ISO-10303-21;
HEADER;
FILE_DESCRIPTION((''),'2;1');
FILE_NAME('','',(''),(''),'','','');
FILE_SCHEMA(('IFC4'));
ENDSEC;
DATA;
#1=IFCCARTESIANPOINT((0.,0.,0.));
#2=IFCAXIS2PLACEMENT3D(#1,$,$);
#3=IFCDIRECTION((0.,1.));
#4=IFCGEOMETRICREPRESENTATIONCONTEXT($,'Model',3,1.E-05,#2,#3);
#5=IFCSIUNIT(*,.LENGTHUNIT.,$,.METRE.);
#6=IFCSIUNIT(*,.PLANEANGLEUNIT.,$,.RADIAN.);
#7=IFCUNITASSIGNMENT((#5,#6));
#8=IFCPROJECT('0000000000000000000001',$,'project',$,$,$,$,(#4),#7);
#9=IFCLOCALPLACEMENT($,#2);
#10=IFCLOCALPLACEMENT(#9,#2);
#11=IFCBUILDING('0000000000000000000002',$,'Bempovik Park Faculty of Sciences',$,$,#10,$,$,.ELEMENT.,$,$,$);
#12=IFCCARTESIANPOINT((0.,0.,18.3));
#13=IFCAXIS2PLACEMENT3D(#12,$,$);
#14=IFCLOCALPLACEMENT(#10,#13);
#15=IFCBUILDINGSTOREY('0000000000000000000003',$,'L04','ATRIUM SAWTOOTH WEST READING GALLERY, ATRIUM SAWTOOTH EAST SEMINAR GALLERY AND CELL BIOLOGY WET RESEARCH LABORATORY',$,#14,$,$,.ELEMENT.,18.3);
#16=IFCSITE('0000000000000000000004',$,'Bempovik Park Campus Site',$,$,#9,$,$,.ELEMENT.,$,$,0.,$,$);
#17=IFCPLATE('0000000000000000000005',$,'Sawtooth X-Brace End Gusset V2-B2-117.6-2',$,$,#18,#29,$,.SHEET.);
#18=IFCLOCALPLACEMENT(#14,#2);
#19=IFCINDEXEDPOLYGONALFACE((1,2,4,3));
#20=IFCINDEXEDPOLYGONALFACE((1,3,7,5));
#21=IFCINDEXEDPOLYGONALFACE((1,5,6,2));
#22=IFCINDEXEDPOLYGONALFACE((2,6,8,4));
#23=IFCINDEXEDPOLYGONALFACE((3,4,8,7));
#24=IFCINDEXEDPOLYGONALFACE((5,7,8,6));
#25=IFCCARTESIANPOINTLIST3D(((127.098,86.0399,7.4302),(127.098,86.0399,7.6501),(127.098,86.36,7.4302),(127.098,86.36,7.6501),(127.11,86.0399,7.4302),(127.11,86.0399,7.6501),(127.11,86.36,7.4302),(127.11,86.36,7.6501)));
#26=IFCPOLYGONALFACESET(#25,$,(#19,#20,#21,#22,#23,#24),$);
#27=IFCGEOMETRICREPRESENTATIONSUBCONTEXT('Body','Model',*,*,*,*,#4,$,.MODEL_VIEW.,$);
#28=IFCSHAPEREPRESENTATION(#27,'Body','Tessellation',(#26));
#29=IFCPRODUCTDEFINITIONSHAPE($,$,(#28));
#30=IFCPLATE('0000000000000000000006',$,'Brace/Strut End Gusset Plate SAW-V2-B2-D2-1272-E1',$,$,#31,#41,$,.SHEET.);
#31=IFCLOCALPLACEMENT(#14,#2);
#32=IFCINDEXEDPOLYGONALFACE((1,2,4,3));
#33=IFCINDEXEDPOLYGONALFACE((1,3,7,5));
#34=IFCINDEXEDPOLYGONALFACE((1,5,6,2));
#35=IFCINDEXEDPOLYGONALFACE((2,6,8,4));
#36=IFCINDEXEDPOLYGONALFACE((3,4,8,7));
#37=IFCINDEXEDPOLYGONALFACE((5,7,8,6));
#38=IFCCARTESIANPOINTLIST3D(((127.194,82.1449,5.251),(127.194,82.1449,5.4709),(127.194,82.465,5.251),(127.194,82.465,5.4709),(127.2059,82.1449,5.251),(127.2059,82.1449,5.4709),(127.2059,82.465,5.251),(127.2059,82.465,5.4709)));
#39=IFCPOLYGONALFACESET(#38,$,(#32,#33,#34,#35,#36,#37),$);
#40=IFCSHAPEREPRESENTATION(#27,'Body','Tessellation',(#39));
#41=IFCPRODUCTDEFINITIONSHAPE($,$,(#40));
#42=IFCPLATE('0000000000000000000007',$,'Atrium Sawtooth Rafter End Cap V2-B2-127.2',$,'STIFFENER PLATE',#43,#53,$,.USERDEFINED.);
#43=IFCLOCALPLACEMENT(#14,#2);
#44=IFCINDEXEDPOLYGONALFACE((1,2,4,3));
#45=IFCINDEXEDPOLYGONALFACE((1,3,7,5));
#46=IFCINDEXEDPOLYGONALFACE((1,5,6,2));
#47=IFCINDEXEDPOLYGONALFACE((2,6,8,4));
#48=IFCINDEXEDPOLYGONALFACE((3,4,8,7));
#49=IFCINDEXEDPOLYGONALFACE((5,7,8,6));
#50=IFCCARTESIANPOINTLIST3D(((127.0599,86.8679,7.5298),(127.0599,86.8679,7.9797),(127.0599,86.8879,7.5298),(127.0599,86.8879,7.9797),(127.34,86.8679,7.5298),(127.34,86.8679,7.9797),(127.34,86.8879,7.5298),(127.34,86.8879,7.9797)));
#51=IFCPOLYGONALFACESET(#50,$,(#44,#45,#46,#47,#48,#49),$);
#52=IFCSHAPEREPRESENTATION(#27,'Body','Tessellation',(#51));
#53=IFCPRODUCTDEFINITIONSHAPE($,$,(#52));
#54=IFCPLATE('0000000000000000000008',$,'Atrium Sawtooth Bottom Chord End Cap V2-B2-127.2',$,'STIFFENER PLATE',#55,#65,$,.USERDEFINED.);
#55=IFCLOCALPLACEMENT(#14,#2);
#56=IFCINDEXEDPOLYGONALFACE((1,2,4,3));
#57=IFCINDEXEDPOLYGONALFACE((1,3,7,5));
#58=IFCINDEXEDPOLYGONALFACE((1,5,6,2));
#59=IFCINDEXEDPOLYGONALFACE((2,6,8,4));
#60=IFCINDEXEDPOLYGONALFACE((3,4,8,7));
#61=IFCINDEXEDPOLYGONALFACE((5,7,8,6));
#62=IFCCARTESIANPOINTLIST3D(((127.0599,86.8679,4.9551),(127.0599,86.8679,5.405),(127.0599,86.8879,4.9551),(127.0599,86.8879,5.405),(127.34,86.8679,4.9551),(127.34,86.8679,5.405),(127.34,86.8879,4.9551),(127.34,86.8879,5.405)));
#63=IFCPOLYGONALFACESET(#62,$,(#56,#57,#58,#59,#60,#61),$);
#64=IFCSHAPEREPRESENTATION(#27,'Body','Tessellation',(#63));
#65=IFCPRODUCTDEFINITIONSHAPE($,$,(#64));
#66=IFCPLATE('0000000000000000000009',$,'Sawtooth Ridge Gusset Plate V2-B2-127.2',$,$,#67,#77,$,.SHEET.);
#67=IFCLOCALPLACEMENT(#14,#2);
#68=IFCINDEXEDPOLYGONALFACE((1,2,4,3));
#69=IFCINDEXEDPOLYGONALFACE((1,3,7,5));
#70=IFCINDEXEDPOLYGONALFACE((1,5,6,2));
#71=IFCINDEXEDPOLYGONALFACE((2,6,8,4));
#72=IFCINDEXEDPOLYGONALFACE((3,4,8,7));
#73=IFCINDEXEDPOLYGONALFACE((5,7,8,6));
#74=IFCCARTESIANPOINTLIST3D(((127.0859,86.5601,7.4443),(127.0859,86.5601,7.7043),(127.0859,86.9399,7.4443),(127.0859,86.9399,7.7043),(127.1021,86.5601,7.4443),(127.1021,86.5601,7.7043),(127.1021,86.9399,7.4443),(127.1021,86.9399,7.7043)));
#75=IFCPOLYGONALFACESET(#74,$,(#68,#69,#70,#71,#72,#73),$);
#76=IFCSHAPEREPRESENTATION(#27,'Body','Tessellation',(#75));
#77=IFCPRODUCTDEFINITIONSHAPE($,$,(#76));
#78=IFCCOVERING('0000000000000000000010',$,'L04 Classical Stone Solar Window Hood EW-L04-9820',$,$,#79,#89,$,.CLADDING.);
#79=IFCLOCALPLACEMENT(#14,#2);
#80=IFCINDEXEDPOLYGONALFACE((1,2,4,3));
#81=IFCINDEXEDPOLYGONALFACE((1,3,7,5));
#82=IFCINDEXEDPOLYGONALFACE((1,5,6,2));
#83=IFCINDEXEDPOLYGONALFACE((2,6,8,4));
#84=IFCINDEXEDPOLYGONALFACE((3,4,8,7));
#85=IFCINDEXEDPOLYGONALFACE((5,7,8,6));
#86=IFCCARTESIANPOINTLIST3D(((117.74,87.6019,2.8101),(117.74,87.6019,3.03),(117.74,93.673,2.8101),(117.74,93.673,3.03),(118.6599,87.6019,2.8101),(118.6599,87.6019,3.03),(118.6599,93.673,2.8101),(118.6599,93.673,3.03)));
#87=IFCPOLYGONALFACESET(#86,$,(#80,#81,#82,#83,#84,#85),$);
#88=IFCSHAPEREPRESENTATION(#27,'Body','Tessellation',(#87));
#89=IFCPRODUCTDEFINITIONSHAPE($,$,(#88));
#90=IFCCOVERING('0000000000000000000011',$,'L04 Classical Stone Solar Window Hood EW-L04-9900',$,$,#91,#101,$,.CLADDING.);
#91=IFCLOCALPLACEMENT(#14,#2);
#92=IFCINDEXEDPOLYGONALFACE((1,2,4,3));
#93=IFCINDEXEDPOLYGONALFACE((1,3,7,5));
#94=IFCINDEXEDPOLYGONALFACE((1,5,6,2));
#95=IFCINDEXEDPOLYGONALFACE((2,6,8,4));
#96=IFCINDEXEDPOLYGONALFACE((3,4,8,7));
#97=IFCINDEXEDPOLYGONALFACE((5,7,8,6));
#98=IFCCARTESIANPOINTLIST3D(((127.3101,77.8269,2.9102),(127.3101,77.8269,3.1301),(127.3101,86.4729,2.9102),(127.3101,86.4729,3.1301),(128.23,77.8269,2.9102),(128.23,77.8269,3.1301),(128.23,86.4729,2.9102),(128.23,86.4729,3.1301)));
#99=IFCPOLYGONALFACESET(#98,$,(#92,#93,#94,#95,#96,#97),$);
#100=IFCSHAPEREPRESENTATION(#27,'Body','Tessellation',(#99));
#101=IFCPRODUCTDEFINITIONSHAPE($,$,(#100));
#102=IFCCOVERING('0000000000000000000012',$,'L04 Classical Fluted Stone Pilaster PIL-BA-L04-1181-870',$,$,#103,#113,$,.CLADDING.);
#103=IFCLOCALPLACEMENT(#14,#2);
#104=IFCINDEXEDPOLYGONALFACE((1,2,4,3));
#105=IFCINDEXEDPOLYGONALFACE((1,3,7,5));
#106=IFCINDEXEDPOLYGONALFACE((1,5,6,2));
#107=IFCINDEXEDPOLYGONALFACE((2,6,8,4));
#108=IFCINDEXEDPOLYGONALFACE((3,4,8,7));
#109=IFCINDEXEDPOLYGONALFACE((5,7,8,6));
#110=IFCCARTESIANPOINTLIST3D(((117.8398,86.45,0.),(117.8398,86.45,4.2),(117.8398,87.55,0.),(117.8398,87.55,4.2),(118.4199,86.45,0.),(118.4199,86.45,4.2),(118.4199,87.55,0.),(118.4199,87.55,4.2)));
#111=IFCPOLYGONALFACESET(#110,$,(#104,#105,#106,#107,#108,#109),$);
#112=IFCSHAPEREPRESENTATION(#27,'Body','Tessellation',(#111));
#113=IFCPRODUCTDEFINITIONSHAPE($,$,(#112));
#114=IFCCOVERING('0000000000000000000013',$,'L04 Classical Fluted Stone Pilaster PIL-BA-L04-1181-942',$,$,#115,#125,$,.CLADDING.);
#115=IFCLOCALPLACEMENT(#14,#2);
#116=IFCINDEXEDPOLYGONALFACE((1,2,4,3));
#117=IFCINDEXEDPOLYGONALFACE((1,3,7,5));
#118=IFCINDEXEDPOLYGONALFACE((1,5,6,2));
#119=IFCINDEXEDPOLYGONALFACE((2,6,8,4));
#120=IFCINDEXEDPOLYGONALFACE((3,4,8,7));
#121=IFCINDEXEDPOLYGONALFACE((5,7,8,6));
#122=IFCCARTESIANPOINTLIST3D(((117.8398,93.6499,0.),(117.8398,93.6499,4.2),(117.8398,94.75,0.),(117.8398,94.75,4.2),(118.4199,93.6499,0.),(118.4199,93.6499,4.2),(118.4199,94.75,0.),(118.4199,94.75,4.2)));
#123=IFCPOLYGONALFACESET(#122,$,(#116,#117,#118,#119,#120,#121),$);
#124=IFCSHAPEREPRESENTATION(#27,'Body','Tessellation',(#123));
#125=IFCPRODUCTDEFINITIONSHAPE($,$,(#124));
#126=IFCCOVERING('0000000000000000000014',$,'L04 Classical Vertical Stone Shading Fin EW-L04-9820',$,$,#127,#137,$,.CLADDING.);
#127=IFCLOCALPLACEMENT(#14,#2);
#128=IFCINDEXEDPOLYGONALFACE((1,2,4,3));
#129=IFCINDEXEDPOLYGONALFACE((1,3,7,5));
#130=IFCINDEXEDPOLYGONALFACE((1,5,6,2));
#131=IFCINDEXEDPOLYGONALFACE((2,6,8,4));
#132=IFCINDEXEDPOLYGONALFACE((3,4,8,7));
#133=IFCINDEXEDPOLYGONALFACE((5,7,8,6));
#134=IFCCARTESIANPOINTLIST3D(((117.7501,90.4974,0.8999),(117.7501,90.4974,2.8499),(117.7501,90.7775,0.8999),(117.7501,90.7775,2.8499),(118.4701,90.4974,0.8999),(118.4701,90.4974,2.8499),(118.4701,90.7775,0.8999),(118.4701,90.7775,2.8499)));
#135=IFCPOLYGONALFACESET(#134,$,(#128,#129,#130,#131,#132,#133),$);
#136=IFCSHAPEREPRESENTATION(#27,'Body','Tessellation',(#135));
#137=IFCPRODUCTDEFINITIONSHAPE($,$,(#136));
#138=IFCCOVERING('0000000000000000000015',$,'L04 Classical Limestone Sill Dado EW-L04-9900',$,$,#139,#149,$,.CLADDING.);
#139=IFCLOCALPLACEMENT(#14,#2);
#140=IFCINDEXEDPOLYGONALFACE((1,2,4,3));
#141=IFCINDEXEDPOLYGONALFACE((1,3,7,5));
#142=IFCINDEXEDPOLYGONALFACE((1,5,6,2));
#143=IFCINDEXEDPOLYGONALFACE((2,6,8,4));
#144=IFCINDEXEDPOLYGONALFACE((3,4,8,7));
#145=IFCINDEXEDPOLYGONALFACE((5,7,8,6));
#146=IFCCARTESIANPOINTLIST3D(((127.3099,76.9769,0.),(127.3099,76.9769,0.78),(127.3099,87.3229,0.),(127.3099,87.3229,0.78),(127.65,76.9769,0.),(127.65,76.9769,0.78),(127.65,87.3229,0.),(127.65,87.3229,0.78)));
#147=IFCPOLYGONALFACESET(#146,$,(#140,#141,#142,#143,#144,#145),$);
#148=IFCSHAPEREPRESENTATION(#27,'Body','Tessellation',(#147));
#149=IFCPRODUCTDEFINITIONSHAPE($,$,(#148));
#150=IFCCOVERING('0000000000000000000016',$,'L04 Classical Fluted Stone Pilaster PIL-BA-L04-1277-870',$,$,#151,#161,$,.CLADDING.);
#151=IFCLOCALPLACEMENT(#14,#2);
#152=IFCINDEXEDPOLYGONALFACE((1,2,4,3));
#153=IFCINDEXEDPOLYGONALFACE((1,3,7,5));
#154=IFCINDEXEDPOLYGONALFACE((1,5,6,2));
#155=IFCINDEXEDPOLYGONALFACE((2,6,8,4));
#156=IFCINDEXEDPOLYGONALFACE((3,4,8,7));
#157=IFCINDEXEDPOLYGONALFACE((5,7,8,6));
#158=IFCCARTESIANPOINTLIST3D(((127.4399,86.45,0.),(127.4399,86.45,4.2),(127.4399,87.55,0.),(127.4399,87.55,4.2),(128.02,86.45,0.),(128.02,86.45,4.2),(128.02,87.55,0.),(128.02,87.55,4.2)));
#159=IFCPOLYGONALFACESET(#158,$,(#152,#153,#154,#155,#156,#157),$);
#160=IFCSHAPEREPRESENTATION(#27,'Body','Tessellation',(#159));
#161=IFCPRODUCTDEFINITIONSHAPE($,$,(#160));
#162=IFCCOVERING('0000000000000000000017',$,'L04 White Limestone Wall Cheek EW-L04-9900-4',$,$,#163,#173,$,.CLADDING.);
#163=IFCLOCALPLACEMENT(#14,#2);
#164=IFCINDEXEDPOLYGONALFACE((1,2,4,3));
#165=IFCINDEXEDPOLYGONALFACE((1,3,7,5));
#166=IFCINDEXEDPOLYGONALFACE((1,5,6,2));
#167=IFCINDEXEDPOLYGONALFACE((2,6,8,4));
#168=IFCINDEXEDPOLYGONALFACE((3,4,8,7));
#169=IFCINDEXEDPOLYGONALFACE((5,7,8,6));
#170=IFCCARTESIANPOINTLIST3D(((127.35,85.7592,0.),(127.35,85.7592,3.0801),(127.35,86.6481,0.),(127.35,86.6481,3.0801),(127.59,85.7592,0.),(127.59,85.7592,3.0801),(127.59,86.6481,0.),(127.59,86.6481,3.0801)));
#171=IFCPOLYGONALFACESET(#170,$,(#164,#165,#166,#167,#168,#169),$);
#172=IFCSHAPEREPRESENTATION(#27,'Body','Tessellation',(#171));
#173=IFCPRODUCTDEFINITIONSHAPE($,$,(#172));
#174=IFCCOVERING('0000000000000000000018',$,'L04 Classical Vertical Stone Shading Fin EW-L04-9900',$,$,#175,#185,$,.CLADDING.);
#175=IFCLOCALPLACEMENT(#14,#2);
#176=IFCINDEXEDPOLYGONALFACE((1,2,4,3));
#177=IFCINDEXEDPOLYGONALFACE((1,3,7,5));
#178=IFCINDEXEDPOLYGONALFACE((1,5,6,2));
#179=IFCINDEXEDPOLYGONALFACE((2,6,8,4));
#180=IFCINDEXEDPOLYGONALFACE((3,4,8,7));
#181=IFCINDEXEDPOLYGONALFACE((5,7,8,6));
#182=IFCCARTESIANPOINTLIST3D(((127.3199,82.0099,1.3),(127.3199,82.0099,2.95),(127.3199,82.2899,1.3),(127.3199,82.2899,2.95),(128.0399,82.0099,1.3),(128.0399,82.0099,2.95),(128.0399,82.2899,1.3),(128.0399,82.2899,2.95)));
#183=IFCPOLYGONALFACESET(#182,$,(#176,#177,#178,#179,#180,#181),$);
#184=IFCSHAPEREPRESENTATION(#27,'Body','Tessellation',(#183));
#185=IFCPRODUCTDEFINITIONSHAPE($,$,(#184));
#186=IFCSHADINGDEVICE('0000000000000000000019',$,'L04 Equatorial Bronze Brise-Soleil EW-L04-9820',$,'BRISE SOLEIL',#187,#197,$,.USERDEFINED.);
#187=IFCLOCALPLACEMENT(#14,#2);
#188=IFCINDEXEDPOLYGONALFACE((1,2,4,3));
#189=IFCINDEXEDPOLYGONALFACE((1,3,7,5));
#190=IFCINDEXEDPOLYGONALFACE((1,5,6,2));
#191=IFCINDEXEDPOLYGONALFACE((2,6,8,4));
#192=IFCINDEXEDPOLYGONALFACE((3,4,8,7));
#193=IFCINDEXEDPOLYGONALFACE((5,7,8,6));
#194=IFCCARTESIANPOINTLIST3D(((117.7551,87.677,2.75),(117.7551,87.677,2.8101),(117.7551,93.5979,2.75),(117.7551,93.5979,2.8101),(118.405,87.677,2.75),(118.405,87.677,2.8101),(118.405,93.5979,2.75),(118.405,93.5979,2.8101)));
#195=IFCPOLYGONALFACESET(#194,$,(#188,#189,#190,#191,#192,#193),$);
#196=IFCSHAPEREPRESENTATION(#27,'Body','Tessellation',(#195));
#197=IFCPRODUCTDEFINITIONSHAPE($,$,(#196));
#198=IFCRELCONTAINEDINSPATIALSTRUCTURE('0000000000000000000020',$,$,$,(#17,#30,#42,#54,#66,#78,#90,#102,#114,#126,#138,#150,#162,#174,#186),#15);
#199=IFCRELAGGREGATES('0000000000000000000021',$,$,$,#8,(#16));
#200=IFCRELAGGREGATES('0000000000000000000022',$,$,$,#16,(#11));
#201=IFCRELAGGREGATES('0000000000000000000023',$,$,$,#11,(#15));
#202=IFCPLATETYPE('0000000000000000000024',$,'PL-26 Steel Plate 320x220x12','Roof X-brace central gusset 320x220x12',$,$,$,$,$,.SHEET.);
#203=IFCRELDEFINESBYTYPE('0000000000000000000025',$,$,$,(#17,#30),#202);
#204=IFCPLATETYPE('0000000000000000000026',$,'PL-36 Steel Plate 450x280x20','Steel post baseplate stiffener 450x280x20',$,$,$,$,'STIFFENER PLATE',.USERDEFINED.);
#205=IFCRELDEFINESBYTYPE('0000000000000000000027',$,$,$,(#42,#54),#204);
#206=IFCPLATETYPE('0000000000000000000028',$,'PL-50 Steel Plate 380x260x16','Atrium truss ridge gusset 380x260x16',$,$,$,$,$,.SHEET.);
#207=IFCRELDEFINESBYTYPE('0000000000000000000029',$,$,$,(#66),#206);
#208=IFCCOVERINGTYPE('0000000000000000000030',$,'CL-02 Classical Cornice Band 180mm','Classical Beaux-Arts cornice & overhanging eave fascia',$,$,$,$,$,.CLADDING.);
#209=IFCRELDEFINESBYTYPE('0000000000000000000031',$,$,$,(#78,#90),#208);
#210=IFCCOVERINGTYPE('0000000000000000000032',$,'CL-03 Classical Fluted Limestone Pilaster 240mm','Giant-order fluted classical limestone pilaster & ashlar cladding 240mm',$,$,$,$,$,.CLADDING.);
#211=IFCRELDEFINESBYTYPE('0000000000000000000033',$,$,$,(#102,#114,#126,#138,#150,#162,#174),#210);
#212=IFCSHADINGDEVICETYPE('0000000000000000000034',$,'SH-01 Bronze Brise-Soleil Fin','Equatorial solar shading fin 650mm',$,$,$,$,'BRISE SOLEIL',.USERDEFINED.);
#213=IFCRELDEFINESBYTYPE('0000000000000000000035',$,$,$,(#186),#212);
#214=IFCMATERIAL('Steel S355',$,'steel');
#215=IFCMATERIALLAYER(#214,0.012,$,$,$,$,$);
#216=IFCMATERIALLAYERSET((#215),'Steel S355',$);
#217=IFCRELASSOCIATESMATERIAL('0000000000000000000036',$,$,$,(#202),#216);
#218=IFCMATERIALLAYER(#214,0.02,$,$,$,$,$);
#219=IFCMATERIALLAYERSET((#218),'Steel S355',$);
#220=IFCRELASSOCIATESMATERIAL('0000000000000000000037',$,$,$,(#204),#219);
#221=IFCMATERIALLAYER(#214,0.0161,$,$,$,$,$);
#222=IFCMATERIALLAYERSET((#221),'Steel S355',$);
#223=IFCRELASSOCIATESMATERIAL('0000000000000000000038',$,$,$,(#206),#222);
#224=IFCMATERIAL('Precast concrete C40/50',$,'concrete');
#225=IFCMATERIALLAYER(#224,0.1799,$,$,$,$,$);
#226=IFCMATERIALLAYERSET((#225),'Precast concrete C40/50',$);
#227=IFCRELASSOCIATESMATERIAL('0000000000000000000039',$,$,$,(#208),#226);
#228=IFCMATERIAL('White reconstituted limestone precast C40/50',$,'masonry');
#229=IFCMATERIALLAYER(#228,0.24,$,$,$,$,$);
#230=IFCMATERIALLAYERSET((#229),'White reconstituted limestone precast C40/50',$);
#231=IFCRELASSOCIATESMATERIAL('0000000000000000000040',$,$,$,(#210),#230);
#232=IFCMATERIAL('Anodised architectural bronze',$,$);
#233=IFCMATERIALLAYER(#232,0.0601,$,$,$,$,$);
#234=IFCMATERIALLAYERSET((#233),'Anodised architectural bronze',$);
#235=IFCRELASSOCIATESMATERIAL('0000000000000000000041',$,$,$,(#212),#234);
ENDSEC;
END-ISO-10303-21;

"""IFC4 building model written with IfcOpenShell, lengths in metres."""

from ifc_helpers import new_model, si_unit, direction, frame, origin, origin_2d, place, context, subcontext, project, spatial, rectangle, extrude, material, layer, layer_set, type_object, element, save


model = new_model("IFC4")

# Units and contexts
model_context = context("Model", 3, precision=1e-05, world=origin(), true_north=direction((0.0, 1.0)))
body_context = subcontext(model_context, "Body", "Model", "MODEL_VIEW")
ifc_project = project(units=[si_unit("LENGTHUNIT", "METRE"), si_unit("PLANEANGLEUNIT", "RADIAN")], contexts=[model_context])

# Site, building, storey
site_placement = place(None, origin())
site = spatial("IfcSite", under=ifc_project, at=site_placement, Name="Bempovik Park Campus Site", CompositionType="ELEMENT", RefElevation=0.0)
building_placement = place(site_placement, origin())
building = spatial("IfcBuilding", under=site, at=building_placement, Name="Bempovik Park Faculty of Sciences", CompositionType="ELEMENT")
storey_placement = place(building_placement, frame((0.0, 0.0, 18.3)))
storey = spatial("IfcBuildingStorey", under=building, at=storey_placement, Name="L04", Description="ATRIUM SAWTOOTH WEST READING GALLERY, ATRIUM SAWTOOTH EAST SEMINAR GALLERY AND CELL BIOLOGY WET RESEARCH LABORATORY", CompositionType="ELEMENT", Elevation=18.3)

# Shared definitions
ifc_material_1 = material(Name="Steel S355", Category="steel")

# Shared definitions
ifc_material_2 = material(Name="Anodised architectural bronze")

# Plates
ifc_layer_1 = layer(ifc_material_1, 0.012)
ifc_layer_set_1 = layer_set([ifc_layer_1], Name="Steel S355")
plate_type_1 = type_object("IfcPlateType", Name="PL-26 Steel Plate 320x220x12", Description="Roof X-brace central gusset 320x220x12", PredefinedType="SHEET", material=ifc_layer_set_1)
for number, where, z_axis, x_axis, name in (
    (1, (127.104, 86.2, 7.4302), (0.0, 0.0, 1.0), (1.0, 0.0, 0.0), "Sawtooth X-Brace End Gusset V2-B2-117.6-2"),
    (2, (127.2, 82.3049, 5.251), (0.0, 0.0, 1.0), (1.0, 0.0, 0.0), "Brace/Strut End Gusset Plate SAW-V2-B2-D2-1272-E1"),
):
    element("IfcPlate", number, at=place(storey_placement, frame(where, z_axis=z_axis, x_axis=x_axis)), inside=storey, type_object=plate_type_1, Name=name, PredefinedType="SHEET", context=body_context, shape_type="SweptSolid", body=[
        extrude(rectangle(XDim=0.012, YDim=0.3201, at=origin_2d()), origin(), (0.0, 0.0, 1.0), 0.22),
    ])
ifc_layer_2 = layer(ifc_material_1, 0.02)
ifc_layer_set_2 = layer_set([ifc_layer_2], Name="Steel S355")
plate_type_2 = type_object("IfcPlateType", Name="PL-36 Steel Plate 450x280x20", Description="Steel post baseplate stiffener 450x280x20", ElementType="STIFFENER PLATE", PredefinedType="USERDEFINED", material=ifc_layer_set_2)
for number, where, z_axis, x_axis, name in (
    (3, (127.2, 86.8779, 7.5298), (0.0, 0.0, 1.0), (1.0, 0.0, 0.0), "Atrium Sawtooth Rafter End Cap V2-B2-127.2"),
    (4, (127.2, 86.8779, 4.9551), (0.0, 0.0, 1.0), (1.0, 0.0, 0.0), "Atrium Sawtooth Bottom Chord End Cap V2-B2-127.2"),
):
    element("IfcPlate", number, at=place(storey_placement, frame(where, z_axis=z_axis, x_axis=x_axis)), inside=storey, type_object=plate_type_2, Name=name, ObjectType="STIFFENER PLATE", PredefinedType="USERDEFINED", context=body_context, shape_type="SweptSolid", body=[
        extrude(rectangle(XDim=0.28, YDim=0.02, at=origin_2d()), origin(), (0.0, 0.0, 1.0), 0.45),
    ])
ifc_layer_3 = layer(ifc_material_1, 0.0161)
ifc_layer_set_3 = layer_set([ifc_layer_3], Name="Steel S355")
plate_type_3 = type_object("IfcPlateType", Name="PL-50 Steel Plate 380x260x16", Description="Atrium truss ridge gusset 380x260x16", PredefinedType="SHEET", material=ifc_layer_set_3)
plate_1_placement = place(storey_placement, frame((127.094, 86.75, 7.4443), z_axis=(0.0, 0.0, 1.0), x_axis=(1.0, 0.0, 0.0)))
element("IfcPlate", 5, at=plate_1_placement, inside=storey, type_object=plate_type_3, Name="Sawtooth Ridge Gusset Plate V2-B2-127.2", PredefinedType="SHEET", context=body_context, shape_type="SweptSolid", body=[
    extrude(rectangle(XDim=0.0161, YDim=0.3799, at=origin_2d()), origin(), (0.0, 0.0, 1.0), 0.26),
])

# Coverings
ifc_material_3 = material(Name="Precast concrete C40/50", Category="concrete")
ifc_layer_4 = layer(ifc_material_3, 0.1799)
ifc_layer_set_4 = layer_set([ifc_layer_4], Name="Precast concrete C40/50")
covering_type_1 = type_object("IfcCoveringType", Name="CL-02 Classical Cornice Band 180mm", Description="Classical Beaux-Arts cornice & overhanging eave fascia", PredefinedType="CLADDING", material=ifc_layer_set_4)
covering_1_placement = place(storey_placement, frame((118.2, 90.6375, 2.8101), z_axis=(0.0, 0.0, 1.0), x_axis=(1.0, 0.0, 0.0)))
element("IfcCovering", 6, at=covering_1_placement, inside=storey, type_object=covering_type_1, Name="L04 Classical Stone Solar Window Hood EW-L04-9820", PredefinedType="CLADDING", context=body_context, shape_type="SweptSolid", body=[
    extrude(rectangle(XDim=0.9199, YDim=6.071, at=origin_2d()), origin(), (0.0, 0.0, 1.0), 0.22),
])
covering_2_placement = place(storey_placement, frame((127.77, 82.1499, 2.9102), z_axis=(0.0, 0.0, 1.0), x_axis=(1.0, 0.0, 0.0)))
element("IfcCovering", 7, at=covering_2_placement, inside=storey, type_object=covering_type_1, Name="L04 Classical Stone Solar Window Hood EW-L04-9900", PredefinedType="CLADDING", context=body_context, shape_type="SweptSolid", body=[
    extrude(rectangle(XDim=0.9199, YDim=8.646, at=origin_2d()), origin(), (0.0, 0.0, 1.0), 0.22),
])
ifc_material_4 = material(Name="White reconstituted limestone precast C40/50", Category="masonry")
ifc_layer_5 = layer(ifc_material_4, 0.24)
ifc_layer_set_5 = layer_set([ifc_layer_5], Name="White reconstituted limestone precast C40/50")
covering_type_2 = type_object("IfcCoveringType", Name="CL-03 Classical Fluted Limestone Pilaster 240mm", Description="Giant-order fluted classical limestone pilaster & ashlar cladding 240mm", PredefinedType="CLADDING", material=ifc_layer_set_5)
for number, where, z_axis, x_axis, name in (
    (8, (118.1299, 87.0, 0.0), (0.0, 0.0, 1.0), (1.0, 0.0, 0.0), "L04 Classical Fluted Stone Pilaster PIL-BA-L04-1181-870"),
    (9, (118.1299, 94.2, 0.0), (0.0, 0.0, 1.0), (1.0, 0.0, 0.0), "L04 Classical Fluted Stone Pilaster PIL-BA-L04-1181-942"),
):
    element("IfcCovering", number, at=place(storey_placement, frame(where, z_axis=z_axis, x_axis=x_axis)), inside=storey, type_object=covering_type_2, Name=name, PredefinedType="CLADDING", context=body_context, shape_type="SweptSolid", body=[
        extrude(rectangle(XDim=0.5801, YDim=1.1001, at=origin_2d()), origin(), (0.0, 0.0, 1.0), 4.2),
    ])
covering_3_placement = place(storey_placement, frame((118.1101, 90.6375, 0.8999), z_axis=(0.0, 0.0, 1.0), x_axis=(1.0, 0.0, 0.0)))
element("IfcCovering", 10, at=covering_3_placement, inside=storey, type_object=covering_type_2, Name="L04 Classical Vertical Stone Shading Fin EW-L04-9820", PredefinedType="CLADDING", context=body_context, shape_type="SweptSolid", body=[
    extrude(rectangle(XDim=0.72, YDim=0.28, at=origin_2d()), origin(), (0.0, 0.0, 1.0), 1.95),
])
covering_4_placement = place(storey_placement, frame((127.48, 82.1499, 0.0), z_axis=(0.0, 0.0, 1.0), x_axis=(1.0, 0.0, 0.0)))
element("IfcCovering", 11, at=covering_4_placement, inside=storey, type_object=covering_type_2, Name="L04 Classical Limestone Sill Dado EW-L04-9900", PredefinedType="CLADDING", context=body_context, shape_type="SweptSolid", body=[
    extrude(rectangle(XDim=0.3401, YDim=10.3459, at=origin_2d()), origin(), (0.0, 0.0, 1.0), 0.78),
])
covering_5_placement = place(storey_placement, frame((127.73, 87.0, 0.0), z_axis=(0.0, 0.0, 1.0), x_axis=(1.0, 0.0, 0.0)))
element("IfcCovering", 12, at=covering_5_placement, inside=storey, type_object=covering_type_2, Name="L04 Classical Fluted Stone Pilaster PIL-BA-L04-1277-870", PredefinedType="CLADDING", context=body_context, shape_type="SweptSolid", body=[
    extrude(rectangle(XDim=0.5801, YDim=1.1001, at=origin_2d()), origin(), (0.0, 0.0, 1.0), 4.2),
])
covering_6_placement = place(storey_placement, frame((127.47, 86.2036, 0.0), z_axis=(0.0, 0.0, 1.0), x_axis=(1.0, 0.0, 0.0)))
element("IfcCovering", 13, at=covering_6_placement, inside=storey, type_object=covering_type_2, Name="L04 White Limestone Wall Cheek EW-L04-9900-4", PredefinedType="CLADDING", context=body_context, shape_type="SweptSolid", body=[
    extrude(rectangle(XDim=0.24, YDim=0.8889, at=origin_2d()), origin(), (0.0, 0.0, 1.0), 3.0801),
])
covering_7_placement = place(storey_placement, frame((127.6799, 82.1499, 1.3), z_axis=(0.0, 0.0, 1.0), x_axis=(1.0, 0.0, 0.0)))
element("IfcCovering", 14, at=covering_7_placement, inside=storey, type_object=covering_type_2, Name="L04 Classical Vertical Stone Shading Fin EW-L04-9900", PredefinedType="CLADDING", context=body_context, shape_type="SweptSolid", body=[
    extrude(rectangle(XDim=0.72, YDim=0.28, at=origin_2d()), origin(), (0.0, 0.0, 1.0), 1.6499),
])

# Shading device
ifc_layer_6 = layer(ifc_material_2, 0.0601)
ifc_layer_set_6 = layer_set([ifc_layer_6], Name="Anodised architectural bronze")
shading_device_type = type_object("IfcShadingDeviceType", Name="SH-01 Bronze Brise-Soleil Fin", Description="Equatorial solar shading fin 650mm", ElementType="BRISE SOLEIL", PredefinedType="USERDEFINED", material=ifc_layer_set_6)
shading_device_1_placement = place(storey_placement, frame((118.0801, 90.6375, 2.75), z_axis=(0.0, 0.0, 1.0), x_axis=(1.0, 0.0, 0.0)))
element("IfcShadingDevice", 15, at=shading_device_1_placement, inside=storey, type_object=shading_device_type, Name="L04 Equatorial Bronze Brise-Soleil EW-L04-9820", ObjectType="BRISE SOLEIL", PredefinedType="USERDEFINED", context=body_context, shape_type="SweptSolid", body=[
    extrude(rectangle(XDim=0.6499, YDim=5.9209, at=origin_2d()), origin(), (0.0, 0.0, 1.0), 0.0601),
])

save(model, "model.ifc")
